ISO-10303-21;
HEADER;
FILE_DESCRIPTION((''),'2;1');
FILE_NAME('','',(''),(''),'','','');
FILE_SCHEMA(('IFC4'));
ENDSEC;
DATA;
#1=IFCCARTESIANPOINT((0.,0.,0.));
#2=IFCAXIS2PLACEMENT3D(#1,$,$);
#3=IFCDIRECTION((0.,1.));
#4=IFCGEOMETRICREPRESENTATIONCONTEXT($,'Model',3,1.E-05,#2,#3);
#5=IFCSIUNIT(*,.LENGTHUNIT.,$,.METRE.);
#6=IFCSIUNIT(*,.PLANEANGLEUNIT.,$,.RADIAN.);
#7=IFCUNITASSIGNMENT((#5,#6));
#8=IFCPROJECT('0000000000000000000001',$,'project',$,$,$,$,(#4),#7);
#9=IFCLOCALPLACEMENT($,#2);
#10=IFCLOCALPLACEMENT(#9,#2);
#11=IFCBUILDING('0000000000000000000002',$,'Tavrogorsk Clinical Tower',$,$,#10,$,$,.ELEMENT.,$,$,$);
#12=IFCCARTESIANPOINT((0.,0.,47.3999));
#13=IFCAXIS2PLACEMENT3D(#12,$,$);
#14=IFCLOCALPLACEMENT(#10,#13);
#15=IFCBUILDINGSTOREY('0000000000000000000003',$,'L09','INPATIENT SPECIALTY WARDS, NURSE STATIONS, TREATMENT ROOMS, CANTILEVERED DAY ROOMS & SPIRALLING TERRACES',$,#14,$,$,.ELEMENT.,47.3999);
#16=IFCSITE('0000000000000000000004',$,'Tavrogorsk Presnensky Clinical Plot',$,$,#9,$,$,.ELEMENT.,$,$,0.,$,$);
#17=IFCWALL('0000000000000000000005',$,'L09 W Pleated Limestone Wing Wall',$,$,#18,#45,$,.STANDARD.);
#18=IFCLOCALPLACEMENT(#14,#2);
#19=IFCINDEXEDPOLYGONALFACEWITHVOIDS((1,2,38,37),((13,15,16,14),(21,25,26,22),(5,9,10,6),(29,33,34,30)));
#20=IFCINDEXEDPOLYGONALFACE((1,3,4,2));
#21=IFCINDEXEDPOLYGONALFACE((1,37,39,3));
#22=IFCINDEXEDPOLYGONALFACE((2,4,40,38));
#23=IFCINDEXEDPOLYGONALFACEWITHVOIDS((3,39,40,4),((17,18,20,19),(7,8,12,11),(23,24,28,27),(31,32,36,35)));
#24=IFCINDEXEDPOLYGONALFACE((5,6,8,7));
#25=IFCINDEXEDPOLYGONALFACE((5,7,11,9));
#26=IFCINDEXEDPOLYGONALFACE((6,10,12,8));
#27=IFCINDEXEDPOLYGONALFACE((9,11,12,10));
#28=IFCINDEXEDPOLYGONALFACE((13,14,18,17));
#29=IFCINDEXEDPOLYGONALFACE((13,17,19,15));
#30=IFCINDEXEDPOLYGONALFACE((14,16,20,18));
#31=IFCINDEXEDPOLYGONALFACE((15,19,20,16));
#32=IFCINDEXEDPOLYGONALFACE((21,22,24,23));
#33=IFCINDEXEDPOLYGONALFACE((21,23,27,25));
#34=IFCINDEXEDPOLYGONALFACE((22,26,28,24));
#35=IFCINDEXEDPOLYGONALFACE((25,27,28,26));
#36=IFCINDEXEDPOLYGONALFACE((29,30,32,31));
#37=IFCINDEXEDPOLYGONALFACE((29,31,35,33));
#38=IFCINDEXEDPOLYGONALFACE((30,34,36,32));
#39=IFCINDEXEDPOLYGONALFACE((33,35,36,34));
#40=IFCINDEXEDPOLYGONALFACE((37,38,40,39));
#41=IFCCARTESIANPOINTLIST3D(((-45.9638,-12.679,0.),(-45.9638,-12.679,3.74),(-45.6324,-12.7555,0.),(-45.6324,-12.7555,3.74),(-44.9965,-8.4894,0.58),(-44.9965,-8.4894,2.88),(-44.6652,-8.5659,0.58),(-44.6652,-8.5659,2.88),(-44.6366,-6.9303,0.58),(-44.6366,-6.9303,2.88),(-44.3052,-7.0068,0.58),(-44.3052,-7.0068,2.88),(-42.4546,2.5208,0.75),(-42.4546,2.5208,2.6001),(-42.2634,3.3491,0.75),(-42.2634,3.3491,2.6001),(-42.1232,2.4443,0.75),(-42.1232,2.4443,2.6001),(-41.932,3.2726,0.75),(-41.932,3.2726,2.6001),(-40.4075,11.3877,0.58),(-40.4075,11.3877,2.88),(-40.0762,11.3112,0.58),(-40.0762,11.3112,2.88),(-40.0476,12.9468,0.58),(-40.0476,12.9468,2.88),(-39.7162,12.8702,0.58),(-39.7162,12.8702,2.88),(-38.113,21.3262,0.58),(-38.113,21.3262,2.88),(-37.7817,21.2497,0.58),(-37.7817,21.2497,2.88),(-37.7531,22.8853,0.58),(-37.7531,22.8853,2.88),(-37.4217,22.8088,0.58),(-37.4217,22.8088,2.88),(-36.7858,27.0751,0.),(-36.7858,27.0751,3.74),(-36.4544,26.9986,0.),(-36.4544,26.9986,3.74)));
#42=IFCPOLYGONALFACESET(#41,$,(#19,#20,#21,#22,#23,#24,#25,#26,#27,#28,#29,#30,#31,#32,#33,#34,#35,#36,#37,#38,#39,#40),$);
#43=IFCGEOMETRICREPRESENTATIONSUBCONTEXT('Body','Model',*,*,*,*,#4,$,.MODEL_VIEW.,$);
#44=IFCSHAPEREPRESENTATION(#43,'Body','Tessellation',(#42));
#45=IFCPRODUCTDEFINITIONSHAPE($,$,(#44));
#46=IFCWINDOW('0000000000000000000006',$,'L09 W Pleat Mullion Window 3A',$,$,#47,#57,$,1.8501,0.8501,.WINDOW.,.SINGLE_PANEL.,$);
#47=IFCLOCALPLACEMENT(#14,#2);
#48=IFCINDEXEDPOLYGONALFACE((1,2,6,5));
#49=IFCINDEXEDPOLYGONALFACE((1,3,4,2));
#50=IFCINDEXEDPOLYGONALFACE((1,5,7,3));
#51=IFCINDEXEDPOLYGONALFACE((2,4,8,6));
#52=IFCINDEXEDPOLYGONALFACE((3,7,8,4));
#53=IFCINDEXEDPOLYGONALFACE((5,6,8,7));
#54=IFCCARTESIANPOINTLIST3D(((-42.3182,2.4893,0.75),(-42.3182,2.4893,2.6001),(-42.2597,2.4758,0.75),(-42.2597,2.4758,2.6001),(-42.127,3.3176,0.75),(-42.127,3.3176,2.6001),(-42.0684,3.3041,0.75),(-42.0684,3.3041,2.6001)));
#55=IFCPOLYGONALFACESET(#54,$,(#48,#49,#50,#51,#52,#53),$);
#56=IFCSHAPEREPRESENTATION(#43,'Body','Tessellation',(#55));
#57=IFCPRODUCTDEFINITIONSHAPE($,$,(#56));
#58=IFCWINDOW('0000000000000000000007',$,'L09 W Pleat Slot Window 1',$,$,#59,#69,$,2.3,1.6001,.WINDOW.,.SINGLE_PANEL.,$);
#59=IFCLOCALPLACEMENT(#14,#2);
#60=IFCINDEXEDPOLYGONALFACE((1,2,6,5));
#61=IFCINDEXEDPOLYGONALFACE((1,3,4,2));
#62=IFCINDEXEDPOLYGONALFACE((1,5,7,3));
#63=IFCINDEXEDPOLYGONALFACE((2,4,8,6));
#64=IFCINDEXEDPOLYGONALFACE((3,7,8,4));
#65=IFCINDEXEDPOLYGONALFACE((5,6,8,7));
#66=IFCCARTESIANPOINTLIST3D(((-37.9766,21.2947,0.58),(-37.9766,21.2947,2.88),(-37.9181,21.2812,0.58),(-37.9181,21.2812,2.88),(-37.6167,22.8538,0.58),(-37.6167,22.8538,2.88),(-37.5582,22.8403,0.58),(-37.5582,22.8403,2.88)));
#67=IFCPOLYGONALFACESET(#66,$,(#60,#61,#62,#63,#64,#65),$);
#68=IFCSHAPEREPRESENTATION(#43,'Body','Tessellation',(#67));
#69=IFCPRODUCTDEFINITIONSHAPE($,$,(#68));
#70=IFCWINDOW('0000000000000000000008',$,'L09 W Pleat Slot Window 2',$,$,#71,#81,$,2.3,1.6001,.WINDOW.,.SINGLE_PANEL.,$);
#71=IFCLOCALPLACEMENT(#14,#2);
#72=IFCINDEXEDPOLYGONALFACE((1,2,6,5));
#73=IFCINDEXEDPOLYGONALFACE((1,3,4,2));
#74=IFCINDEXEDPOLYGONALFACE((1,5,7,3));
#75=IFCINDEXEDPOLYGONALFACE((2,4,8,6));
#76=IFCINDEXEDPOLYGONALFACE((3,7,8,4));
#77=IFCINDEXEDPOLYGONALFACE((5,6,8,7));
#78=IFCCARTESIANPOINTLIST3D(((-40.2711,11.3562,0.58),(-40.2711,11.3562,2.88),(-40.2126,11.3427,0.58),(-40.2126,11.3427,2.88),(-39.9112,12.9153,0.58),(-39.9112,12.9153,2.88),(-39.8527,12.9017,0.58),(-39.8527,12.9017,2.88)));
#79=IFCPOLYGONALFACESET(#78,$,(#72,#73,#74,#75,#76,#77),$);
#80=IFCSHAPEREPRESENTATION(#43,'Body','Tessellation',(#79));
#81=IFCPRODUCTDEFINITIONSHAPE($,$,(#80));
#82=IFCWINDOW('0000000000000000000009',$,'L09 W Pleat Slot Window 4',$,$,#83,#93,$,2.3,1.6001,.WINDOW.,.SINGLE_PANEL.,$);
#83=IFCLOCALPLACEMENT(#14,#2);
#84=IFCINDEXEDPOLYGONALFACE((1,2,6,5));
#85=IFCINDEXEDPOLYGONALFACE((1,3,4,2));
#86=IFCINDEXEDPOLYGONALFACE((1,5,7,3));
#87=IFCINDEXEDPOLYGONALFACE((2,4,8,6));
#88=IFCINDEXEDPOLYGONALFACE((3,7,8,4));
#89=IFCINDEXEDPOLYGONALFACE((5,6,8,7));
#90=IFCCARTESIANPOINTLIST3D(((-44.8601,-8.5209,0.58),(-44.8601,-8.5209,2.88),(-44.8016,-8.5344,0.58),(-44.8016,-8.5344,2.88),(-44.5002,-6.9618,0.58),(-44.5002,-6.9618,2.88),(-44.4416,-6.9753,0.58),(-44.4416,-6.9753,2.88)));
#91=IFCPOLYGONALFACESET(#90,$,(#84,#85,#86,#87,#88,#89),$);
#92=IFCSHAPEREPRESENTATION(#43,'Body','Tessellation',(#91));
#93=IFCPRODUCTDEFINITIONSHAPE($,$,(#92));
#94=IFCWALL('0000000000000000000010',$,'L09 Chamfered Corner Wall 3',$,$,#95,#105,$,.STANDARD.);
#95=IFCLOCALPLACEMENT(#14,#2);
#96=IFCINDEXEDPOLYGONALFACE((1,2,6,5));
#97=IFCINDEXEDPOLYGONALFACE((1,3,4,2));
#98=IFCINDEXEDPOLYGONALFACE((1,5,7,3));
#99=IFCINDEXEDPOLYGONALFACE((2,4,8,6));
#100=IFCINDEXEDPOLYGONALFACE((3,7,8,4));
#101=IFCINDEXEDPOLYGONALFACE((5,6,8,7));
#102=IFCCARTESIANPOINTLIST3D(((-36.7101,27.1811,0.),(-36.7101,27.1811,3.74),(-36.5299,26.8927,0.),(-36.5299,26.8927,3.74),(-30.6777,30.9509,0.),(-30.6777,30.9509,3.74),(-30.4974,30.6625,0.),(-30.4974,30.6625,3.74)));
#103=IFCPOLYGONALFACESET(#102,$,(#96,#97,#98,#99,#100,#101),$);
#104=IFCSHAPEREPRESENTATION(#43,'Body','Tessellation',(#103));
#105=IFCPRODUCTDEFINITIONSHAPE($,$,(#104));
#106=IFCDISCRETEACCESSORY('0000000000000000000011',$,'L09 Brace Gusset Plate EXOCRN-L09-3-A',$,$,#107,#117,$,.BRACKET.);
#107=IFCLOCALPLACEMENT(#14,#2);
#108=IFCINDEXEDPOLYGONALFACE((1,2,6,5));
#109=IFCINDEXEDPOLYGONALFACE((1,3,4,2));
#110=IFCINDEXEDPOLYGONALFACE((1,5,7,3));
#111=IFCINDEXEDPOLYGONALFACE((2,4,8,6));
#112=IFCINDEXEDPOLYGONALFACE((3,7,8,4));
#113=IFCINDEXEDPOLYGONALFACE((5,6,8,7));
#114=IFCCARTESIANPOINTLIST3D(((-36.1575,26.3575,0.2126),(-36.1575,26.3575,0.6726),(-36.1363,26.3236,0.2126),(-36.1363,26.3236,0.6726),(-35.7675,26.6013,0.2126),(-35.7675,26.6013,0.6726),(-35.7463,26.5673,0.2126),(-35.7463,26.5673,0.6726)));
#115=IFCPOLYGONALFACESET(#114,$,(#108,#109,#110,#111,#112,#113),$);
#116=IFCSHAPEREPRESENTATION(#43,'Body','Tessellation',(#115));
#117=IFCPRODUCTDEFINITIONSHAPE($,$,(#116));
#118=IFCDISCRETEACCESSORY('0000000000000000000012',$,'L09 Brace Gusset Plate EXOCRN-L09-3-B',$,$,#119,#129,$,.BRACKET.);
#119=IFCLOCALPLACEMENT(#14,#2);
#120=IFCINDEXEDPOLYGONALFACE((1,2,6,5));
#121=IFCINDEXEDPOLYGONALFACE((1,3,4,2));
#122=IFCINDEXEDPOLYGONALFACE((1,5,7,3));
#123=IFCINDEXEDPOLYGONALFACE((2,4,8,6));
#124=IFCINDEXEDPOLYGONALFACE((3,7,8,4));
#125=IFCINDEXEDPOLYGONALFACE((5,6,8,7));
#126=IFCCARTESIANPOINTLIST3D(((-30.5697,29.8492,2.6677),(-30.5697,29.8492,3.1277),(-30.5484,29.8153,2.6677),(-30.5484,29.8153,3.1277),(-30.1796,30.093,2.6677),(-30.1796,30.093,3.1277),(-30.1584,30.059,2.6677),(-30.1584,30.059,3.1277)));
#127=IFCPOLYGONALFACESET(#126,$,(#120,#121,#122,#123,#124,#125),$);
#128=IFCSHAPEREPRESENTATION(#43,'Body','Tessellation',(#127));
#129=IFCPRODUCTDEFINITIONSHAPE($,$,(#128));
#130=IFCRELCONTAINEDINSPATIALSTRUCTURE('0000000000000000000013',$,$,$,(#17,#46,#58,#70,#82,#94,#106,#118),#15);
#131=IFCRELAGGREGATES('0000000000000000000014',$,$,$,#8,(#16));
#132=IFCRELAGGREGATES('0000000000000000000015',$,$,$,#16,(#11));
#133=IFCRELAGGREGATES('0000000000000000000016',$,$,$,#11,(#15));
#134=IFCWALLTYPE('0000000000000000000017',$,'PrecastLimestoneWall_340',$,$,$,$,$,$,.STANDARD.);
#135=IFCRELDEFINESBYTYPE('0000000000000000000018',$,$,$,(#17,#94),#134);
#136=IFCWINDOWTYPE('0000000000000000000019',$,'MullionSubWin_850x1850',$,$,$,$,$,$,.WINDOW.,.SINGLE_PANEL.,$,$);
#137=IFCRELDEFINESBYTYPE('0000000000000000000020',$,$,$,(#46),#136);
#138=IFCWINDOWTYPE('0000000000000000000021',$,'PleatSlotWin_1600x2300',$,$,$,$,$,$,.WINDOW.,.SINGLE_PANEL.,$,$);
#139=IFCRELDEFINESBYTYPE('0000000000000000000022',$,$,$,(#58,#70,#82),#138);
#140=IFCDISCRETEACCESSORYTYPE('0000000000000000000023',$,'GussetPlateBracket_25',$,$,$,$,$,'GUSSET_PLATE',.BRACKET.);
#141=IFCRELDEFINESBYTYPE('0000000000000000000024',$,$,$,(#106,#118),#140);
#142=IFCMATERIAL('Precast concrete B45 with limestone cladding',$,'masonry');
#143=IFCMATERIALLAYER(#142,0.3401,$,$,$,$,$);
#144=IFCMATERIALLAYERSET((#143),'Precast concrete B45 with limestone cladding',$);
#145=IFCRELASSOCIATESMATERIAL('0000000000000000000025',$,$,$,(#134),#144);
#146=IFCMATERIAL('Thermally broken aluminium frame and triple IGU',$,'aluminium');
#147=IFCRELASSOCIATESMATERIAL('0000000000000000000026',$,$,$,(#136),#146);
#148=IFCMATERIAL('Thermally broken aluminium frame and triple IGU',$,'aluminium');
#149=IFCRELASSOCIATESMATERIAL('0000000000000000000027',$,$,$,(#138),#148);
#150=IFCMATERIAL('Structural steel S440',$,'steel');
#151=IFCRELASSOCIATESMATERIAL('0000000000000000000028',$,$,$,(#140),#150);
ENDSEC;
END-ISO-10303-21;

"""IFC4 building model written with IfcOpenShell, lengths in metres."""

from ifc_helpers import new_model, si_unit, direction, frame, frame_2d, origin, origin_2d, place, context, subcontext, project, spatial, rectangle, extrude, material, layer, layer_set, type_object, element, fill, save


model = new_model("IFC4")

# Units and contexts
model_context = context("Model", 3, precision=1e-05, world=origin(), true_north=direction((0.0, 1.0)))
body_context = subcontext(model_context, "Body", "Model", "MODEL_VIEW")
ifc_project = project(units=[si_unit("LENGTHUNIT", "METRE"), si_unit("PLANEANGLEUNIT", "RADIAN")], contexts=[model_context])

# Site, building, storey
site_placement = place(None, origin())
site = spatial("IfcSite", under=ifc_project, at=site_placement, Name="Tavrogorsk Presnensky Clinical Plot", CompositionType="ELEMENT", RefElevation=0.0)
building_placement = place(site_placement, origin())
building = spatial("IfcBuilding", under=site, at=building_placement, Name="Tavrogorsk Clinical Tower", CompositionType="ELEMENT")
storey_placement = place(building_placement, frame((0.0, 0.0, 47.3999)))
storey = spatial("IfcBuildingStorey", under=building, at=storey_placement, Name="L09", Description="INPATIENT SPECIALTY WARDS, NURSE STATIONS, TREATMENT ROOMS, CANTILEVERED DAY ROOMS & SPIRALLING TERRACES", CompositionType="ELEMENT", Elevation=47.3999)

# Wall, openings, windows
ifc_material_1 = material(Name="Precast concrete B45 with limestone cladding", Category="masonry")
ifc_layer_1 = layer(ifc_material_1, 0.3401)
ifc_layer_set_1 = layer_set([ifc_layer_1], Name="Precast concrete B45 with limestone cladding")
wall_type_1 = type_object("IfcWallType", Name="PrecastLimestoneWall_340", PredefinedType="STANDARD", material=ifc_layer_set_1)
wall_1_placement = place(storey_placement, frame((-36.6201, 27.0369, 0.0), z_axis=(0.0, 0.0, 1.0), x_axis=(-0.224951, -0.97437, 0.0)))
wall_1 = element("IfcWall", 1, at=wall_1_placement, inside=storey, type_object=wall_type_1, Name="L09 W Pleated Limestone Wing Wall", PredefinedType="STANDARD", context=body_context, shape_type="SweptSolid", body=[
    extrude(rectangle(XDim=40.7998, YDim=0.3401, at=frame_2d((20.3999, 0.0))), origin(), (0.0, 0.0, 1.0), 3.74),
])
opening_1_placement = place(wall_1_placement, frame((4.3, 0.0, 0.5801)))
opening_1 = element("IfcOpeningElement", 2, at=opening_1_placement, cuts=wall_1, PredefinedType="OPENING", context=body_context, shape_type="SweptSolid", body=[
    extrude(rectangle(XDim=1.6001, YDim=2.3, at=frame_2d((0.8, 1.1499))), frame((0.0, 0.1799, 0.0), z_axis=(0.0, -1.0, 0.0), x_axis=(1.0, 0.0, 0.0)), (0.0, 0.0, 1.0), 0.3601),
])
opening_2_placement = place(wall_1_placement, frame((14.5, 0.0, 0.5801)))
opening_2 = element("IfcOpeningElement", 3, at=opening_2_placement, cuts=wall_1, PredefinedType="OPENING", context=body_context, shape_type="SweptSolid", body=[
    extrude(rectangle(XDim=1.6001, YDim=2.3, at=frame_2d((0.8, 1.1499))), frame((0.0, 0.1799, 0.0), z_axis=(0.0, -1.0, 0.0), x_axis=(1.0, 0.0, 0.0)), (0.0, 0.0, 1.0), 0.3601),
])
opening_3_placement = place(wall_1_placement, frame((24.3501, 0.0, 0.75)))
opening_3 = element("IfcOpeningElement", 4, at=opening_3_placement, cuts=wall_1, PredefinedType="OPENING", context=body_context, shape_type="SweptSolid", body=[
    extrude(rectangle(XDim=0.8501, YDim=1.8501, at=frame_2d((0.425, 0.925))), frame((0.0, 0.1799, 0.0), z_axis=(0.0, -1.0, 0.0), x_axis=(1.0, 0.0, 0.0)), (0.0, 0.0, 1.0), 0.3601),
])
opening_4_placement = place(wall_1_placement, frame((34.8999, 0.0, 0.5801)))
opening_4 = element("IfcOpeningElement", 5, at=opening_4_placement, cuts=wall_1, PredefinedType="OPENING", context=body_context, shape_type="SweptSolid", body=[
    extrude(rectangle(XDim=1.6001, YDim=2.3, at=frame_2d((0.8, 1.1499))), frame((0.0, 0.1799, 0.0), z_axis=(0.0, -1.0, 0.0), x_axis=(1.0, 0.0, 0.0)), (0.0, 0.0, 1.0), 0.3601),
])
ifc_material_2 = material(Name="Thermally broken aluminium frame and triple IGU", Category="aluminium")
window_type_1 = type_object("IfcWindowType", Name="MullionSubWin_850x1850", PartitioningType="SINGLE_PANEL", PredefinedType="WINDOW", material=ifc_material_2)
window_1_placement = place(opening_3_placement, origin())
window_1 = element("IfcWindow", 6, at=window_1_placement, inside=storey, type_object=window_type_1, Name="L09 W Pleat Mullion Window 3A", OverallHeight=1.8501, OverallWidth=0.8501, PartitioningType="SINGLE_PANEL", PredefinedType="WINDOW", context=body_context, shape_type="SweptSolid", body=[
    extrude(rectangle(XDim=0.8501, YDim=1.8501, at=frame_2d((0.425, 0.925))), frame((0.0, 0.03, 0.0), z_axis=(0.0, -1.0, 0.0), x_axis=(1.0, 0.0, 0.0)), (0.0, 0.0, 1.0), 0.0601),
])
fill(opening_3, window_1)
ifc_material_3 = material(Name="Thermally broken aluminium frame and triple IGU", Category="aluminium")
window_type_2 = type_object("IfcWindowType", Name="PleatSlotWin_1600x2300", PartitioningType="SINGLE_PANEL", PredefinedType="WINDOW", material=ifc_material_3)
window_2_placement = place(opening_1_placement, origin())
window_2 = element("IfcWindow", 7, at=window_2_placement, inside=storey, type_object=window_type_2, Name="L09 W Pleat Slot Window 1", OverallHeight=2.3, OverallWidth=1.6001, PartitioningType="SINGLE_PANEL", PredefinedType="WINDOW", context=body_context, shape_type="SweptSolid", body=[
    extrude(rectangle(XDim=1.6001, YDim=2.3, at=frame_2d((0.8, 1.1499))), frame((0.0, 0.03, 0.0), z_axis=(0.0, -1.0, 0.0), x_axis=(1.0, 0.0, 0.0)), (0.0, 0.0, 1.0), 0.0601),
])
fill(opening_1, window_2)
window_3_placement = place(opening_2_placement, origin())
window_3 = element("IfcWindow", 8, at=window_3_placement, inside=storey, type_object=window_type_2, Name="L09 W Pleat Slot Window 2", OverallHeight=2.3, OverallWidth=1.6001, PartitioningType="SINGLE_PANEL", PredefinedType="WINDOW", context=body_context, shape_type="SweptSolid", body=[
    extrude(rectangle(XDim=1.6001, YDim=2.3, at=frame_2d((0.8, 1.1499))), frame((0.0, 0.03, 0.0), z_axis=(0.0, -1.0, 0.0), x_axis=(1.0, 0.0, 0.0)), (0.0, 0.0, 1.0), 0.0601),
])
fill(opening_2, window_3)
window_4_placement = place(opening_4_placement, origin())
window_4 = element("IfcWindow", 9, at=window_4_placement, inside=storey, type_object=window_type_2, Name="L09 W Pleat Slot Window 4", OverallHeight=2.3, OverallWidth=1.6001, PartitioningType="SINGLE_PANEL", PredefinedType="WINDOW", context=body_context, shape_type="SweptSolid", body=[
    extrude(rectangle(XDim=1.6001, YDim=2.3, at=frame_2d((0.8, 1.1499))), frame((0.0, 0.03, 0.0), z_axis=(0.0, -1.0, 0.0), x_axis=(1.0, 0.0, 0.0)), (0.0, 0.0, 1.0), 0.0601),
])
fill(opening_4, window_4)

# Wall
wall_2_placement = place(storey_placement, frame((-30.5876, 30.8066, 0.0), z_axis=(0.0, 0.0, 1.0), x_axis=(-0.848031, -0.529946, 0.0)))
element("IfcWall", 10, at=wall_2_placement, inside=storey, type_object=wall_type_1, Name="L09 Chamfered Corner Wall 3", PredefinedType="STANDARD", context=body_context, shape_type="SweptSolid", body=[
    extrude(rectangle(XDim=7.1135, YDim=0.3401, at=frame_2d((3.5566, 0.0))), origin(), (0.0, 0.0, 1.0), 3.74),
])

# Discrete accessories
ifc_material_4 = material(Name="Structural steel S440", Category="steel")
discrete_accessory_type = type_object("IfcDiscreteAccessoryType", Name="GussetPlateBracket_25", ElementType="GUSSET_PLATE", PredefinedType="BRACKET", material=ifc_material_4)
for number, where, z_axis, x_axis, name in (
    (11, (-35.9519, 26.4624, 0.2126), (0.0, 0.0, 1.0), (0.848048, 0.529919, 0.0), "L09 Brace Gusset Plate EXOCRN-L09-3-A"),
    (12, (-30.364, 29.9541, 2.6677), (0.0, 0.0, 1.0), (0.848048, 0.529919, 0.0), "L09 Brace Gusset Plate EXOCRN-L09-3-B"),
):
    element("IfcDiscreteAccessory", number, at=place(storey_placement, frame(where, z_axis=z_axis, x_axis=x_axis)), inside=storey, type_object=discrete_accessory_type, Name=name, PredefinedType="BRACKET", context=body_context, shape_type="SweptSolid", body=[
        extrude(rectangle(XDim=0.46, YDim=0.04, at=origin_2d()), origin(), (0.0, 0.0, 1.0), 0.46),
    ])

save(model, "model.ifc")
